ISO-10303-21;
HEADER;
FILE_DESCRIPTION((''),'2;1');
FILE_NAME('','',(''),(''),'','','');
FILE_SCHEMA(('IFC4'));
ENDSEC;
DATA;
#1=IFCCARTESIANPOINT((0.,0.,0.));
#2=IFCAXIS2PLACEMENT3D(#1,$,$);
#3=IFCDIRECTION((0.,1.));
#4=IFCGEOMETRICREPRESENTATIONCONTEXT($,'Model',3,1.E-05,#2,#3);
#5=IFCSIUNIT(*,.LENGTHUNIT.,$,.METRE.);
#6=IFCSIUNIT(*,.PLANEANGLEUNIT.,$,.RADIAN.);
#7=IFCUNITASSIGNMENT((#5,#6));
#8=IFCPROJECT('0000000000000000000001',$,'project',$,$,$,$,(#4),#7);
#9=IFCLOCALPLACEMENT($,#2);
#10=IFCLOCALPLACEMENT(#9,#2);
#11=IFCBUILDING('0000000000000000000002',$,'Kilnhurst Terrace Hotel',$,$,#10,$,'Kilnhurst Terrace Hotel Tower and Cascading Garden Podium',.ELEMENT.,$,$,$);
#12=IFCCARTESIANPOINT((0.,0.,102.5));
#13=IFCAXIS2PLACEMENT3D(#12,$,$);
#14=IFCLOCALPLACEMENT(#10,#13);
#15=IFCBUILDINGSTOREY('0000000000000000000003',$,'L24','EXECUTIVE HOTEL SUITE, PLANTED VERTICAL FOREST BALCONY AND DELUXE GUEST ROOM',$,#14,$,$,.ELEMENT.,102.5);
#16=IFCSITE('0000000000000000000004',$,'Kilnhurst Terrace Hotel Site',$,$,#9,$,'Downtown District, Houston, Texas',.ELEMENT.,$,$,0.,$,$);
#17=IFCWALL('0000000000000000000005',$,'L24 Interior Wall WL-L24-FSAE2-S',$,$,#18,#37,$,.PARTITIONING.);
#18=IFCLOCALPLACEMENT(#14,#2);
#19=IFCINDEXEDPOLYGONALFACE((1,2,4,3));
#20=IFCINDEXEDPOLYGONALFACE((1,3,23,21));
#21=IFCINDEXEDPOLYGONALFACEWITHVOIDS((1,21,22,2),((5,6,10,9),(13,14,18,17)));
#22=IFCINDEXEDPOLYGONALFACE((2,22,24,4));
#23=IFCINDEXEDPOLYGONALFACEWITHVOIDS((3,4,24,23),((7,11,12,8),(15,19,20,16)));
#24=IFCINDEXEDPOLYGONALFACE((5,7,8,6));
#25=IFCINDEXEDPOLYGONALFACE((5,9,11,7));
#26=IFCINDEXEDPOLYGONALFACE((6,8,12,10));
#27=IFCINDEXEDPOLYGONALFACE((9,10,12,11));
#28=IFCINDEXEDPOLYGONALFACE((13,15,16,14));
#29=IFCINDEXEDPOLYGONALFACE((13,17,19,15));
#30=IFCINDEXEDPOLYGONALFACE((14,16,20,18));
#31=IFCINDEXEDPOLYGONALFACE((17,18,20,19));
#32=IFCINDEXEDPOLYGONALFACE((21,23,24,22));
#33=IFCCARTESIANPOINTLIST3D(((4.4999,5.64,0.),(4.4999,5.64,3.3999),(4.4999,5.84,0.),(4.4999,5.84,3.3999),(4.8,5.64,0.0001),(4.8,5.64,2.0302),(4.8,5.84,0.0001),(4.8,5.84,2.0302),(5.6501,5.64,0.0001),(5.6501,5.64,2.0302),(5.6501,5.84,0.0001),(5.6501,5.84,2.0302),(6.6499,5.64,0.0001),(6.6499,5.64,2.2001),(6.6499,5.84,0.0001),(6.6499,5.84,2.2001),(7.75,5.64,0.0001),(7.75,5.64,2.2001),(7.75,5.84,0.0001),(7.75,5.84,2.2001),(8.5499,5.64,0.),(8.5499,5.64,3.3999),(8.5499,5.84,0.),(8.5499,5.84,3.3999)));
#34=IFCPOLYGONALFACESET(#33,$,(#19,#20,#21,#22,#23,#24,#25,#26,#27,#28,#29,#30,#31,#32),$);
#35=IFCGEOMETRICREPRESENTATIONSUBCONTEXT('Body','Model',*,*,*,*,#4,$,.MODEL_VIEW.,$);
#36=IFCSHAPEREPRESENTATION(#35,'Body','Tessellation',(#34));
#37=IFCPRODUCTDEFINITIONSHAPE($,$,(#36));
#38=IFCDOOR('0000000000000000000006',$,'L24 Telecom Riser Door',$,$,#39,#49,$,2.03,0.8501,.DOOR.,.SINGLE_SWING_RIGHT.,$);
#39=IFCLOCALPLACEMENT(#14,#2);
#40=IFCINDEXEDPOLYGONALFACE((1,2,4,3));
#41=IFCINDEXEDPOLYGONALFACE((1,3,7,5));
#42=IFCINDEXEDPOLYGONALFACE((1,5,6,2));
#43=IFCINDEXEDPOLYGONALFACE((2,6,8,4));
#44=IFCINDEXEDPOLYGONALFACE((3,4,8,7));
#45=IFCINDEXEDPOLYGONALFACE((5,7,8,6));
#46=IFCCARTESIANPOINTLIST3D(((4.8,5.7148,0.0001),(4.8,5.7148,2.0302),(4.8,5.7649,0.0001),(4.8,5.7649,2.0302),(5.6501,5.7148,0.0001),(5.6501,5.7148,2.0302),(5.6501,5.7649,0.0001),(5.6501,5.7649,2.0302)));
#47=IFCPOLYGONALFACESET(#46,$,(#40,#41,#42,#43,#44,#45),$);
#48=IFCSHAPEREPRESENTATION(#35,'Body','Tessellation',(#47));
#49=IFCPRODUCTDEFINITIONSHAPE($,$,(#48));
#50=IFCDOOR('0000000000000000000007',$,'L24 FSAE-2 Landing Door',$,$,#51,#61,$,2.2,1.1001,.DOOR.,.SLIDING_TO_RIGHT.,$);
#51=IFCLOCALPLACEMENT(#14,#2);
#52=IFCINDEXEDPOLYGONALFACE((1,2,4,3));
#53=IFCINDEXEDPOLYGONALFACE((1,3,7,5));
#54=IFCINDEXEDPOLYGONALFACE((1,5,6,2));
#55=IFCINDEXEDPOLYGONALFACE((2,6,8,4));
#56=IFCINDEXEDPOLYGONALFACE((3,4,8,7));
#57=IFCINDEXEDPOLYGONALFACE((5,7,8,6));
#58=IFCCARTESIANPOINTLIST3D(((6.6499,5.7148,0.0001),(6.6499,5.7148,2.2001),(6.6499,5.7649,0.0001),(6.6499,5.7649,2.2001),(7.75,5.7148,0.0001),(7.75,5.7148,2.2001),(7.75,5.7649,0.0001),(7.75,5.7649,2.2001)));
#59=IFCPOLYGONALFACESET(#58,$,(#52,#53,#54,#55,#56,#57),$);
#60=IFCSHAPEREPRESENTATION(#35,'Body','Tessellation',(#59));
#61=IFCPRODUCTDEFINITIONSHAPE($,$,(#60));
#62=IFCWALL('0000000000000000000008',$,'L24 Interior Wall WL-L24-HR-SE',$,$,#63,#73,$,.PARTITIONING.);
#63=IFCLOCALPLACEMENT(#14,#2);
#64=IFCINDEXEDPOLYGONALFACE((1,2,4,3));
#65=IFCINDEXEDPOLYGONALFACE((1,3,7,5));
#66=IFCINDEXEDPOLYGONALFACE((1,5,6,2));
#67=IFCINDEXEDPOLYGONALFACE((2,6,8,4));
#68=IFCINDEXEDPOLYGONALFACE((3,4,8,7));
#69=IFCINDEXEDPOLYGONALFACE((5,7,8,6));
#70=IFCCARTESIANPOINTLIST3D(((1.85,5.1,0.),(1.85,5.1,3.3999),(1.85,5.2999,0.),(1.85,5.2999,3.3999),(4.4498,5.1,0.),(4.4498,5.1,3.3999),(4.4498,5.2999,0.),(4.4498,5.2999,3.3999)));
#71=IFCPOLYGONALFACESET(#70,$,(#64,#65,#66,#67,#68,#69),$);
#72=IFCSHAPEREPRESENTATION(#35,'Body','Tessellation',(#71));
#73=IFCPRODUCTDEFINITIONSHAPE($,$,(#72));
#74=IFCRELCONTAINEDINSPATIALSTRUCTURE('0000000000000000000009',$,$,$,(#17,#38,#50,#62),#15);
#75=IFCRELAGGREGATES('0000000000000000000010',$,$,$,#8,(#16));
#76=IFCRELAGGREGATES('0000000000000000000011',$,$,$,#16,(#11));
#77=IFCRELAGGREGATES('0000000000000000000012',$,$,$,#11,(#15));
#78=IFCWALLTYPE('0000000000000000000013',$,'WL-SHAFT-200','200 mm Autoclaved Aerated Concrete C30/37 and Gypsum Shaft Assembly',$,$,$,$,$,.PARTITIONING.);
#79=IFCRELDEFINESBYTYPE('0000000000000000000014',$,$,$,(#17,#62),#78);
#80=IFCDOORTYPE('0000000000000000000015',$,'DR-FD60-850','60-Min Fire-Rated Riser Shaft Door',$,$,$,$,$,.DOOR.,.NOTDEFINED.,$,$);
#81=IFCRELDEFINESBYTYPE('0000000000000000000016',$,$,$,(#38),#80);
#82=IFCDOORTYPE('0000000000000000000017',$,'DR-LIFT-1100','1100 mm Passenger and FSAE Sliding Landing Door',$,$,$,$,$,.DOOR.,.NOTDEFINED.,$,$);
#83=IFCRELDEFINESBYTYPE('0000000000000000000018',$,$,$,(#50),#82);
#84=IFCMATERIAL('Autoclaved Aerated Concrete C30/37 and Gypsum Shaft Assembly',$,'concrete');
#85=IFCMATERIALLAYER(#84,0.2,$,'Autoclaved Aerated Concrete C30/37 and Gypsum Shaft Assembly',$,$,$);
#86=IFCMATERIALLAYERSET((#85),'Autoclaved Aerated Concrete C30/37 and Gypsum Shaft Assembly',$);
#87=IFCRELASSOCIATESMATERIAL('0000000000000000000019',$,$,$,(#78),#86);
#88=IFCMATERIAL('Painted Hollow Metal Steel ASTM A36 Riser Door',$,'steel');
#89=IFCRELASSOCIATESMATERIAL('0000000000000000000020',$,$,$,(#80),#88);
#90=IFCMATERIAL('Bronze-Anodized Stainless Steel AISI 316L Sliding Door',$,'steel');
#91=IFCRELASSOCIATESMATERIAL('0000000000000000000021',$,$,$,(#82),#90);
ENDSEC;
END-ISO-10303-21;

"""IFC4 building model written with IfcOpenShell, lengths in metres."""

from ifc_helpers import new_model, si_unit, direction, frame, frame_2d, origin, place, context, subcontext, project, spatial, rectangle, extrude, material, layer, layer_set, type_object, element, fill, save


model = new_model("IFC4")

# Units and contexts
model_context = context("Model", 3, precision=1e-05, world=origin(), true_north=direction((0.0, 1.0)))
body_context = subcontext(model_context, "Body", "Model", "MODEL_VIEW")
ifc_project = project(units=[si_unit("LENGTHUNIT", "METRE"), si_unit("PLANEANGLEUNIT", "RADIAN")], contexts=[model_context])

# Site, building, storey
site_placement = place(None, origin())
site = spatial("IfcSite", under=ifc_project, at=site_placement, Name="Kilnhurst Terrace Hotel Site", LongName="Downtown District, Houston, Texas", CompositionType="ELEMENT", RefElevation=0.0)
building_placement = place(site_placement, origin())
building = spatial("IfcBuilding", under=site, at=building_placement, Name="Kilnhurst Terrace Hotel", LongName="Kilnhurst Terrace Hotel Tower and Cascading Garden Podium", CompositionType="ELEMENT")
storey_placement = place(building_placement, frame((0.0, 0.0, 102.5)))
storey = spatial("IfcBuildingStorey", under=building, at=storey_placement, Name="L24", Description="EXECUTIVE HOTEL SUITE, PLANTED VERTICAL FOREST BALCONY AND DELUXE GUEST ROOM", CompositionType="ELEMENT", Elevation=102.5)

# Wall, openings, doors
ifc_material_1 = material(Name="Autoclaved Aerated Concrete C30/37 and Gypsum Shaft Assembly", Category="concrete")
ifc_layer_1 = layer(ifc_material_1, 0.2, Name="Autoclaved Aerated Concrete C30/37 and Gypsum Shaft Assembly")
ifc_layer_set_1 = layer_set([ifc_layer_1], Name="Autoclaved Aerated Concrete C30/37 and Gypsum Shaft Assembly")
wall_type_1 = type_object("IfcWallType", Name="WL-SHAFT-200", Description="200 mm Autoclaved Aerated Concrete C30/37 and Gypsum Shaft Assembly", PredefinedType="PARTITIONING", material=ifc_layer_set_1)
wall_1_placement = place(storey_placement, frame((4.5, 5.74, 0.0), z_axis=(0.0, 0.0, 1.0), x_axis=(1.0, 0.0, 0.0)))
wall_1 = element("IfcWall", 1, at=wall_1_placement, inside=storey, type_object=wall_type_1, Name="L24 Interior Wall WL-L24-FSAE2-S", PredefinedType="PARTITIONING", context=body_context, shape_type="SweptSolid", body=[
    extrude(rectangle(XDim=4.05, YDim=0.2, at=frame_2d((2.0249, 0.0))), origin(), (0.0, 0.0, 1.0), 3.3999),
])
opening_1_placement = place(wall_1_placement, frame((0.3, 0.0, 0.0)))
opening_1 = element("IfcOpeningElement", 2, at=opening_1_placement, cuts=wall_1, PredefinedType="OPENING", context=body_context, shape_type="SweptSolid", body=[
    extrude(rectangle(XDim=0.8501, YDim=2.03, at=frame_2d((0.425, 1.0151))), frame((0.0, 0.1099, 0.0), z_axis=(0.0, -1.0, 0.0), x_axis=(1.0, 0.0, 0.0)), (0.0, 0.0, 1.0), 0.22),
])
opening_2_placement = place(wall_1_placement, frame((2.1499, 0.0, 0.0)))
opening_2 = element("IfcOpeningElement", 3, at=opening_2_placement, cuts=wall_1, PredefinedType="OPENING", context=body_context, shape_type="SweptSolid", body=[
    extrude(rectangle(XDim=1.1001, YDim=2.2, at=frame_2d((0.55, 1.1001))), frame((0.0, 0.1099, 0.0), z_axis=(0.0, -1.0, 0.0), x_axis=(1.0, 0.0, 0.0)), (0.0, 0.0, 1.0), 0.22),
])
ifc_material_2 = material(Name="Painted Hollow Metal Steel ASTM A36 Riser Door", Category="steel")
door_type_1 = type_object("IfcDoorType", Name="DR-FD60-850", Description="60-Min Fire-Rated Riser Shaft Door", OperationType="NOTDEFINED", PredefinedType="DOOR", material=ifc_material_2)
door_1_placement = place(opening_1_placement, origin())
door_1 = element("IfcDoor", 4, at=door_1_placement, inside=storey, type_object=door_type_1, Name="L24 Telecom Riser Door", OperationType="SINGLE_SWING_RIGHT", OverallHeight=2.03, OverallWidth=0.8501, PredefinedType="DOOR", context=body_context, shape_type="SweptSolid", body=[
    extrude(rectangle(XDim=0.8501, YDim=2.03, at=frame_2d((0.425, 1.0151))), frame((0.0, 0.0249, 0.0), z_axis=(0.0, -1.0, 0.0), x_axis=(1.0, 0.0, 0.0)), (0.0, 0.0, 1.0), 0.05),
])
fill(opening_1, door_1)
ifc_material_3 = material(Name="Bronze-Anodized Stainless Steel AISI 316L Sliding Door", Category="steel")
door_type_2 = type_object("IfcDoorType", Name="DR-LIFT-1100", Description="1100 mm Passenger and FSAE Sliding Landing Door", OperationType="NOTDEFINED", PredefinedType="DOOR", material=ifc_material_3)
door_2_placement = place(opening_2_placement, origin())
door_2 = element("IfcDoor", 5, at=door_2_placement, inside=storey, type_object=door_type_2, Name="L24 FSAE-2 Landing Door", OperationType="SLIDING_TO_RIGHT", OverallHeight=2.2, OverallWidth=1.1001, PredefinedType="DOOR", context=body_context, shape_type="SweptSolid", body=[
    extrude(rectangle(XDim=1.1001, YDim=2.2, at=frame_2d((0.55, 1.1001))), frame((0.0, 0.0249, 0.0), z_axis=(0.0, -1.0, 0.0), x_axis=(1.0, 0.0, 0.0)), (0.0, 0.0, 1.0), 0.05),
])
fill(opening_2, door_2)

# Wall
wall_2_placement = place(storey_placement, frame((1.8501, 5.2, 0.0), z_axis=(0.0, 0.0, 1.0), x_axis=(1.0, 0.0, 0.0)))
element("IfcWall", 6, at=wall_2_placement, inside=storey, type_object=wall_type_1, Name="L24 Interior Wall WL-L24-HR-SE", PredefinedType="PARTITIONING", context=body_context, shape_type="SweptSolid", body=[
    extrude(rectangle(XDim=2.5999, YDim=0.2, at=frame_2d((1.2998, 0.0))), origin(), (0.0, 0.0, 1.0), 3.3999),
])

save(model, "model.ifc")
